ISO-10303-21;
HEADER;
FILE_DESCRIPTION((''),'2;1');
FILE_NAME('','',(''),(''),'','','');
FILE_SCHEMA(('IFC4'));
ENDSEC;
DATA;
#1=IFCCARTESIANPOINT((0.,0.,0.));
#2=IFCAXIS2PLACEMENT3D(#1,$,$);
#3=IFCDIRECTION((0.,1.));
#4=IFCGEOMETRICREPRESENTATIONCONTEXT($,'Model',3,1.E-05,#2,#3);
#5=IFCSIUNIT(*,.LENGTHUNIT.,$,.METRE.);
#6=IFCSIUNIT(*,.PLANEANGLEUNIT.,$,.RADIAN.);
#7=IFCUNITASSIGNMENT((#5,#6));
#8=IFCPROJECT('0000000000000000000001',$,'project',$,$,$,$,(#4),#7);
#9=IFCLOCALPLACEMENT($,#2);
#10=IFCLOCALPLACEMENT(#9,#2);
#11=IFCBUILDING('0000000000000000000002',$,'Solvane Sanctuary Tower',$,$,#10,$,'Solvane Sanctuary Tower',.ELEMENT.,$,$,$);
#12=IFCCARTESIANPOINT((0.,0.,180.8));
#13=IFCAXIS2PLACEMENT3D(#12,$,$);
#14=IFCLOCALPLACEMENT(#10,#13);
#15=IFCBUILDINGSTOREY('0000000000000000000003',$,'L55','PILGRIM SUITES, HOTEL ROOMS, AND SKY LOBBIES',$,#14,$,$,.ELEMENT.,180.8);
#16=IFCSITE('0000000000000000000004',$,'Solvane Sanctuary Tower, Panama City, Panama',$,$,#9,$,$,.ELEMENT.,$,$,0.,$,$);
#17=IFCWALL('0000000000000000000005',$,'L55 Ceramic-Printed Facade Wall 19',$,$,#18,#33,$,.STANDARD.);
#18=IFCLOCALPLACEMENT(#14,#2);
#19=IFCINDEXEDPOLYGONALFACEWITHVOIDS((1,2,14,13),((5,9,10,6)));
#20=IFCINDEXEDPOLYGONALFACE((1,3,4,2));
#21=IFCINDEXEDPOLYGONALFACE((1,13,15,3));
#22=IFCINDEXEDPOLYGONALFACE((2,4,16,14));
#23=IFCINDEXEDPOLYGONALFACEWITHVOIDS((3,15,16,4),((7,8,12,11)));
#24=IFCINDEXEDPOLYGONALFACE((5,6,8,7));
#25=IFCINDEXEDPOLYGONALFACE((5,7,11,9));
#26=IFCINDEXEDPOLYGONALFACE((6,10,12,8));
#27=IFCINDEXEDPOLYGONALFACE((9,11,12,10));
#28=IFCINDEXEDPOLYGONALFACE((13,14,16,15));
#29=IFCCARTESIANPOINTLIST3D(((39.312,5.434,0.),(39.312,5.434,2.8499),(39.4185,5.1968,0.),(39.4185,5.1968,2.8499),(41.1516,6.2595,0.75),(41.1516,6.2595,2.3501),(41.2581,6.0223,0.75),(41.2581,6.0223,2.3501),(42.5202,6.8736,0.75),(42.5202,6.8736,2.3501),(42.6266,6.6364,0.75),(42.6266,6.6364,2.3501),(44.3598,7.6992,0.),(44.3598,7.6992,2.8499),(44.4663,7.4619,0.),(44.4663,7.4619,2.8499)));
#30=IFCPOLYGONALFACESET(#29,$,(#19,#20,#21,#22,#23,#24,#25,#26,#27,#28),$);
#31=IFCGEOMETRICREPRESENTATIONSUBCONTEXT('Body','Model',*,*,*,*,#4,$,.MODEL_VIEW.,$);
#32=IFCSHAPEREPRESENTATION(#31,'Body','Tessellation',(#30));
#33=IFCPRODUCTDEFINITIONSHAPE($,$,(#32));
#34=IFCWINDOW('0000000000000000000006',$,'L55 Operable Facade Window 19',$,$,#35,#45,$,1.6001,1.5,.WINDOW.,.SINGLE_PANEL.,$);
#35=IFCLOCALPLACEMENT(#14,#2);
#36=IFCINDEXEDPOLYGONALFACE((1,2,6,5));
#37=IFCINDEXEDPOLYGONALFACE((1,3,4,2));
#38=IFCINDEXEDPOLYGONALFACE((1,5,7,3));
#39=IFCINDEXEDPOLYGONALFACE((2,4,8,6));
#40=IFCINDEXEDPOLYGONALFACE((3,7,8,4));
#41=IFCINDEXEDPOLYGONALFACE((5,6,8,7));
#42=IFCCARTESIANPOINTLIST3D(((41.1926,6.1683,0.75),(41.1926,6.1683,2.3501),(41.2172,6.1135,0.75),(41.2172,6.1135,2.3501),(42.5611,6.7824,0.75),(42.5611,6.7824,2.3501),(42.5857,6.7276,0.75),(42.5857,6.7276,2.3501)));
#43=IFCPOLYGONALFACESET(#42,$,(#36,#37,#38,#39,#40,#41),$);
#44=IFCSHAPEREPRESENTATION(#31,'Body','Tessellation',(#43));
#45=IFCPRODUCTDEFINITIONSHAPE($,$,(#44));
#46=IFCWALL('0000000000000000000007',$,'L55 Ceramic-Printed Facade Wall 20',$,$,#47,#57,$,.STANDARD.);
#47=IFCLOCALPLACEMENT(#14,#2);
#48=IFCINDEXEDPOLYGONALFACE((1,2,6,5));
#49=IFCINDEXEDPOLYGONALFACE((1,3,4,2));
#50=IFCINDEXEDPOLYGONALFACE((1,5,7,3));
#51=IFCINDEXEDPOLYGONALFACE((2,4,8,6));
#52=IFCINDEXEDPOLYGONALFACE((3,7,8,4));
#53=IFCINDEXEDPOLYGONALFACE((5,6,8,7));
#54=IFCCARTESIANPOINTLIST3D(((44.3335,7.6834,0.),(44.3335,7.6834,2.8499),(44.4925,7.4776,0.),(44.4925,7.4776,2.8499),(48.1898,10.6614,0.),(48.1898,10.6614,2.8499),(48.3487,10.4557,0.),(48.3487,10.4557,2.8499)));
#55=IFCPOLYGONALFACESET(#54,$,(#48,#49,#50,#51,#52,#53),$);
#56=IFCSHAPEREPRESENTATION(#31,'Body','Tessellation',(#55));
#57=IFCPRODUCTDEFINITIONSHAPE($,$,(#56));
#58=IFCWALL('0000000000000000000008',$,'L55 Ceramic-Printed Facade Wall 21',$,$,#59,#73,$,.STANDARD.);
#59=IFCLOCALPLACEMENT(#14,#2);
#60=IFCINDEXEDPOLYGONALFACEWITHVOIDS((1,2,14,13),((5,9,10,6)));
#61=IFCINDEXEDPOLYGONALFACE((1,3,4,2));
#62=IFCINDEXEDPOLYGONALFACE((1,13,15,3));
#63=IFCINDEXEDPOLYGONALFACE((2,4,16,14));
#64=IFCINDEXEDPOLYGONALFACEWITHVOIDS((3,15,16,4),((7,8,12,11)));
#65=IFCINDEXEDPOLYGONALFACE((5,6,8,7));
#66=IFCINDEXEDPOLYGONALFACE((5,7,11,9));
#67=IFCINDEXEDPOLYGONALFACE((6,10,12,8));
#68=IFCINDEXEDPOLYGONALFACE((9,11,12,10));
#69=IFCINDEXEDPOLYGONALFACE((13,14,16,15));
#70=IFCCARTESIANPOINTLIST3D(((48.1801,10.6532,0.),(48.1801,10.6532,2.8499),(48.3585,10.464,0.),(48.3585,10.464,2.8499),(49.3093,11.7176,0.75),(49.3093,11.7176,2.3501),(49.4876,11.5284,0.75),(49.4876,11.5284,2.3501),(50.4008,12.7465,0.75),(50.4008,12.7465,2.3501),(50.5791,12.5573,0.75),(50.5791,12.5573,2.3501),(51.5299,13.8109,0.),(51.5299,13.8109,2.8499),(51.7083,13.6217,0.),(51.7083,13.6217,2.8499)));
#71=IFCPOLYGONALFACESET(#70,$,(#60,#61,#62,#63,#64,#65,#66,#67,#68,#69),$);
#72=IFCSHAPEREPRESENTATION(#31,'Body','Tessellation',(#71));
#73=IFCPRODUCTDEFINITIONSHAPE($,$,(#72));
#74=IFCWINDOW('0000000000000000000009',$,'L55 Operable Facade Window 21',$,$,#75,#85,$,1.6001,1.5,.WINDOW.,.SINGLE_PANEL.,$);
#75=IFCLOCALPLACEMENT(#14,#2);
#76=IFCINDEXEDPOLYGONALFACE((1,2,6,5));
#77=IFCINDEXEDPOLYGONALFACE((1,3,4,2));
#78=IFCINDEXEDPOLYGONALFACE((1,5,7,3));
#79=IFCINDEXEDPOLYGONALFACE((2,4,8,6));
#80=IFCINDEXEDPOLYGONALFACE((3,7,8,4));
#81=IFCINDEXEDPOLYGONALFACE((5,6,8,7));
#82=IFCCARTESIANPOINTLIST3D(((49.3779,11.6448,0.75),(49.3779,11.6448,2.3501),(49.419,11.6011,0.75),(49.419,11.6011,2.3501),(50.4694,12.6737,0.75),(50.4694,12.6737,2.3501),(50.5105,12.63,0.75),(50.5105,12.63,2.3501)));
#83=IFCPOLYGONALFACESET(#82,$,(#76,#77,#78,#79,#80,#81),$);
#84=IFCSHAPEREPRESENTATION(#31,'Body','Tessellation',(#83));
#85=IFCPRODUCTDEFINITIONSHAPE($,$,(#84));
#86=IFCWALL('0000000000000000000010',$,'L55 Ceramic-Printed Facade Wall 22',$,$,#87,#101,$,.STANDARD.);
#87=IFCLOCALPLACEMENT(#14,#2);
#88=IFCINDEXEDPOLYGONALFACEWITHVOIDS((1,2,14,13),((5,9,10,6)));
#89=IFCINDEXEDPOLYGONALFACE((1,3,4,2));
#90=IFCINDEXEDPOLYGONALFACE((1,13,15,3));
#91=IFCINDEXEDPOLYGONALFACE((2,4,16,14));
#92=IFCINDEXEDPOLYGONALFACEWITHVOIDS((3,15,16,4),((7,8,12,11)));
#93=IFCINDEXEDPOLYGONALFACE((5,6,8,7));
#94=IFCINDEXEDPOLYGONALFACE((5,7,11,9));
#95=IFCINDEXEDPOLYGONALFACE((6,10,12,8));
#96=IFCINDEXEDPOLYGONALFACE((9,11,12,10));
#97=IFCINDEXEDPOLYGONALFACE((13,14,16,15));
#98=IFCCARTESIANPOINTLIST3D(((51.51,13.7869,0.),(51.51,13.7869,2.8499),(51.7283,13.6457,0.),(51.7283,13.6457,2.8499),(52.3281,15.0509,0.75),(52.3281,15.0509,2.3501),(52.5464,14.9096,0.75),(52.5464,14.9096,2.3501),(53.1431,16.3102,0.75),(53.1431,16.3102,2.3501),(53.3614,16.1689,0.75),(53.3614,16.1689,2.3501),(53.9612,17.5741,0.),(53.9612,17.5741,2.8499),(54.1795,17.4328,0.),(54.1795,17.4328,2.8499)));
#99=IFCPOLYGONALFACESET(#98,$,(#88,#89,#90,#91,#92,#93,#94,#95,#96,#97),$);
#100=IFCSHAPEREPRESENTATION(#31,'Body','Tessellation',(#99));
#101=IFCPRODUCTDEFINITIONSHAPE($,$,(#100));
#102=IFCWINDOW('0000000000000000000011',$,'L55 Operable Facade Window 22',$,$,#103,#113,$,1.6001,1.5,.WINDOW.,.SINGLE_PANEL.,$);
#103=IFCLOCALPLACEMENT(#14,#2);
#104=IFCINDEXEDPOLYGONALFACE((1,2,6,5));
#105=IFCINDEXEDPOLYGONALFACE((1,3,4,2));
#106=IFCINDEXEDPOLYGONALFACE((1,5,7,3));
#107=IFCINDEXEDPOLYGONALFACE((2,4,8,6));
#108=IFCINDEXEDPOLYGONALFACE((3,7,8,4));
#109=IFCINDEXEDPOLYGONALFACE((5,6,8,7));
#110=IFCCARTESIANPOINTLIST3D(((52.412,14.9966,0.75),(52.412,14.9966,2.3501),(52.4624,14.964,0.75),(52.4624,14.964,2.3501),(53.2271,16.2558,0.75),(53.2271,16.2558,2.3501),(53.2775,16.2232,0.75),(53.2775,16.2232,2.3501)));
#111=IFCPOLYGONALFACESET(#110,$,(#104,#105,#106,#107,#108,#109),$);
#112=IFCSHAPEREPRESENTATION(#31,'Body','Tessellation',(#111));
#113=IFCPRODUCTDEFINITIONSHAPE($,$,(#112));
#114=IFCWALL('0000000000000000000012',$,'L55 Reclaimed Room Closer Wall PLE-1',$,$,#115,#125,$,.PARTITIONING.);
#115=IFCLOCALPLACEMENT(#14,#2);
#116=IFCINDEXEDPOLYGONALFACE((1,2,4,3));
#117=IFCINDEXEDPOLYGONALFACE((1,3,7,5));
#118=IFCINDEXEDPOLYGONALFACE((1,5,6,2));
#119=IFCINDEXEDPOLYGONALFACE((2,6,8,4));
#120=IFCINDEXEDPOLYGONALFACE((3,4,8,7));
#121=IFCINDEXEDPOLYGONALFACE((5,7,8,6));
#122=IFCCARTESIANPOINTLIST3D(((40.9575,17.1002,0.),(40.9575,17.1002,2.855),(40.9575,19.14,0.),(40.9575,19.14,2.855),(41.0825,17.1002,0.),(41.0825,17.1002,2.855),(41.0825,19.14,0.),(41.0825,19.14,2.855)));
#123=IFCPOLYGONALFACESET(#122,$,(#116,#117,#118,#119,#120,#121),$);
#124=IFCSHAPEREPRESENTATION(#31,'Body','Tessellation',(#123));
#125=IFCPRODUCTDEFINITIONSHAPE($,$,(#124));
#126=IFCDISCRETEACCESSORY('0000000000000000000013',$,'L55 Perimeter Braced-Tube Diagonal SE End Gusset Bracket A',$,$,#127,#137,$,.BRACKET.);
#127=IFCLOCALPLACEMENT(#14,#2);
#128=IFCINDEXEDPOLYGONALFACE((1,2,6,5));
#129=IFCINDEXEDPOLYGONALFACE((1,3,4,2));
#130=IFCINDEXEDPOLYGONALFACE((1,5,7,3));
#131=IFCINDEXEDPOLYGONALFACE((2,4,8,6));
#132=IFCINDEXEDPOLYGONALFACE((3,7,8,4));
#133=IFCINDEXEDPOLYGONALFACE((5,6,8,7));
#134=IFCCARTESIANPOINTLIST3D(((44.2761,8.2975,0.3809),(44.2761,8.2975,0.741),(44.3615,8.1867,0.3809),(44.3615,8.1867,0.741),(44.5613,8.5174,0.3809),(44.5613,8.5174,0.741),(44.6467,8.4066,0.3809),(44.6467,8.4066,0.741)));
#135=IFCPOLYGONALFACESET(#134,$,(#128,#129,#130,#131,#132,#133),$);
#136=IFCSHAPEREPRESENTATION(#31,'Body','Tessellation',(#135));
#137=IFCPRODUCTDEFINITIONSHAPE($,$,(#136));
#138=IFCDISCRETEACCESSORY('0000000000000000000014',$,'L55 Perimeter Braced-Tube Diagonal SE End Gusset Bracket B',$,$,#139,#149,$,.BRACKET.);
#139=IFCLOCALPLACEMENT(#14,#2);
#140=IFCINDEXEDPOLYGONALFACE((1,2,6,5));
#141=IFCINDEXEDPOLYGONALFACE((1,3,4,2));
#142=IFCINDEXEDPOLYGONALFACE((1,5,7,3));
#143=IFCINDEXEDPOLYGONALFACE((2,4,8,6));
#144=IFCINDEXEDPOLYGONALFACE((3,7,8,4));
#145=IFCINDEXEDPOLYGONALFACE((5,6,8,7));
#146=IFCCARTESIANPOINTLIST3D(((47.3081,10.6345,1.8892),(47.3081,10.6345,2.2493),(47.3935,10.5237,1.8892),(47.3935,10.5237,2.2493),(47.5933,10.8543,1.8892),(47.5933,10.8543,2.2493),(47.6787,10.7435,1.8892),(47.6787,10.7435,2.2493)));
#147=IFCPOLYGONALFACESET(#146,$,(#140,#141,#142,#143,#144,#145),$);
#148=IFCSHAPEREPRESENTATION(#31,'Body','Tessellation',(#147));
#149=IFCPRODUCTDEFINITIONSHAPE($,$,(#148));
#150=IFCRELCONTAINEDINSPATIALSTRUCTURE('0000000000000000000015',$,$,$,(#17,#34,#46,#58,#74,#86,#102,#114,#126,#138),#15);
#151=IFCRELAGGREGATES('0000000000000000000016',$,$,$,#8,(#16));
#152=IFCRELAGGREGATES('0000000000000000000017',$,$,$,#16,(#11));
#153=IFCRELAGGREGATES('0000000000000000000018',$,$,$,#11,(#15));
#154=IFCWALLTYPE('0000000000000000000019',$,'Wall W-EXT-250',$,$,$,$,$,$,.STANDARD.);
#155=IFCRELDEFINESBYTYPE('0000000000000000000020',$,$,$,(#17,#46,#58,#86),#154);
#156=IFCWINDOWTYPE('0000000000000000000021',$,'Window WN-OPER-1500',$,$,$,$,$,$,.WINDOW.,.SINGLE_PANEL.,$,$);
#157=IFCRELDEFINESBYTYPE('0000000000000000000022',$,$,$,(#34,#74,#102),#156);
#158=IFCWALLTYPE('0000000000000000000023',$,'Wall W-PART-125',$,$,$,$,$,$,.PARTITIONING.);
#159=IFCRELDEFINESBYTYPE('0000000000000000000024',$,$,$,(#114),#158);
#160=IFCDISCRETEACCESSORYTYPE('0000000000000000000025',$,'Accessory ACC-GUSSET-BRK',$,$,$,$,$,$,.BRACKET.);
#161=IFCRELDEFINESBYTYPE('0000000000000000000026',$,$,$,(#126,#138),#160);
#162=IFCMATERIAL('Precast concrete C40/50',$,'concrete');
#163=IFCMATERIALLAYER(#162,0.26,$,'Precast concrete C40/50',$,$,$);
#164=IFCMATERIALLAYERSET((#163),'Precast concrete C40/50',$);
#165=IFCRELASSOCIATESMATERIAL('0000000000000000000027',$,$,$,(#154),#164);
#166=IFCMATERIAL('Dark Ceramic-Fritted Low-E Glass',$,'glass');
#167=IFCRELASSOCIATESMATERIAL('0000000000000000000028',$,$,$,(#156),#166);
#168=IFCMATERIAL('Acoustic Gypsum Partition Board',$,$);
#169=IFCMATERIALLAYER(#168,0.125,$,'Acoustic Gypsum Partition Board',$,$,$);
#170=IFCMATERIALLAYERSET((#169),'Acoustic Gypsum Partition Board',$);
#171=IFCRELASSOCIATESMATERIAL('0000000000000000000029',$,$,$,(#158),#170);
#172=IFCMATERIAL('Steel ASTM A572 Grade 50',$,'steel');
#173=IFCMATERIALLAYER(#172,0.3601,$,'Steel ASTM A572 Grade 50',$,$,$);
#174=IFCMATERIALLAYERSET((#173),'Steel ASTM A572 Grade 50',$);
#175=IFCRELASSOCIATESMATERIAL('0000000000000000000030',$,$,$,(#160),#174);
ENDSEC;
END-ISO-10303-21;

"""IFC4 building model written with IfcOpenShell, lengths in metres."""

from ifc_helpers import new_model, si_unit, direction, frame, frame_2d, origin, origin_2d, place, context, subcontext, project, spatial, rectangle, extrude, material, layer, layer_set, type_object, element, fill, save


model = new_model("IFC4")

# Units and contexts
model_context = context("Model", 3, precision=1e-05, world=origin(), true_north=direction((0.0, 1.0)))
body_context = subcontext(model_context, "Body", "Model", "MODEL_VIEW")
ifc_project = project(units=[si_unit("LENGTHUNIT", "METRE"), si_unit("PLANEANGLEUNIT", "RADIAN")], contexts=[model_context])

# Site, building, storey
site_placement = place(None, origin())
site = spatial("IfcSite", under=ifc_project, at=site_placement, Name="Solvane Sanctuary Tower, Panama City, Panama", CompositionType="ELEMENT", RefElevation=0.0)
building_placement = place(site_placement, origin())
building = spatial("IfcBuilding", under=site, at=building_placement, Name="Solvane Sanctuary Tower", LongName="Solvane Sanctuary Tower", CompositionType="ELEMENT")
storey_placement = place(building_placement, frame((0.0, 0.0, 180.8)))
storey = spatial("IfcBuildingStorey", under=building, at=storey_placement, Name="L55", Description="PILGRIM SUITES, HOTEL ROOMS, AND SKY LOBBIES", CompositionType="ELEMENT", Elevation=180.8)

# Shared definitions
ifc_material_1 = material(Name="Acoustic Gypsum Partition Board")

# Wall, opening, window
ifc_material_2 = material(Name="Precast concrete C40/50", Category="concrete")
ifc_layer_1 = layer(ifc_material_2, 0.26, Name="Precast concrete C40/50")
ifc_layer_set_1 = layer_set([ifc_layer_1], Name="Precast concrete C40/50")
wall_type_1 = type_object("IfcWallType", Name="Wall W-EXT-250", PredefinedType="STANDARD", material=ifc_layer_set_1)
wall_1_placement = place(storey_placement, frame((39.3652, 5.3154, 0.0), z_axis=(0.0, 0.0, 1.0), x_axis=(0.912354, 0.409403, 0.0)))
wall_1 = element("IfcWall", 1, at=wall_1_placement, inside=storey, type_object=wall_type_1, Name="L55 Ceramic-Printed Facade Wall 19", PredefinedType="STANDARD", context=body_context, shape_type="SweptSolid", body=[
    extrude(rectangle(XDim=5.5327, YDim=0.26, at=frame_2d((2.7664, 0.0))), origin(), (0.0, 0.0, 1.0), 2.8499),
])
opening_1_placement = place(wall_1_placement, frame((2.0164, 0.0, 0.75)))
opening_1 = element("IfcOpeningElement", 2, at=opening_1_placement, cuts=wall_1, PredefinedType="OPENING", context=body_context, shape_type="SweptSolid", body=[
    extrude(rectangle(XDim=1.5, YDim=1.6001, at=frame_2d((0.75, 0.8))), frame((0.0, 0.1399, 0.0), z_axis=(0.0, -1.0, 0.0), x_axis=(1.0, 0.0, 0.0)), (0.0, 0.0, 1.0), 0.28),
])
ifc_material_3 = material(Name="Dark Ceramic-Fritted Low-E Glass", Category="glass")
window_type = type_object("IfcWindowType", Name="Window WN-OPER-1500", PartitioningType="SINGLE_PANEL", PredefinedType="WINDOW", material=ifc_material_3)
window_1_placement = place(opening_1_placement, origin())
window_1 = element("IfcWindow", 3, at=window_1_placement, inside=storey, type_object=window_type, Name="L55 Operable Facade Window 19", OverallHeight=1.6001, OverallWidth=1.5, PartitioningType="SINGLE_PANEL", PredefinedType="WINDOW", context=body_context, shape_type="SweptSolid", body=[
    extrude(rectangle(XDim=1.5, YDim=1.6001, at=frame_2d((0.75, 0.8))), frame((0.0, 0.03, 0.0), z_axis=(0.0, -1.0, 0.0), x_axis=(1.0, 0.0, 0.0)), (0.0, 0.0, 1.0), 0.0601),
])
fill(opening_1, window_1)

# Wall
wall_2_placement = place(storey_placement, frame((44.4131, 7.5806, 0.0), z_axis=(0.0, 0.0, 1.0), x_axis=(0.79146, 0.611221, 0.0)))
element("IfcWall", 4, at=wall_2_placement, inside=storey, type_object=wall_type_1, Name="L55 Ceramic-Printed Facade Wall 20", PredefinedType="STANDARD", context=body_context, shape_type="SweptSolid", body=[
    extrude(rectangle(XDim=4.8723, YDim=0.26, at=frame_2d((2.436, 0.0))), origin(), (0.0, 0.0, 1.0), 2.8499),
])

# Walls, openings, windows
wall_3_placement = place(storey_placement, frame((48.2693, 10.5586, 0.0), z_axis=(0.0, 0.0, 1.0), x_axis=(0.727667, 0.68593, 0.0)))
wall_3 = element("IfcWall", 5, at=wall_3_placement, inside=storey, type_object=wall_type_1, Name="L55 Ceramic-Printed Facade Wall 21", PredefinedType="STANDARD", context=body_context, shape_type="SweptSolid", body=[
    extrude(rectangle(XDim=4.6035, YDim=0.26, at=frame_2d((2.3018, 0.0))), origin(), (0.0, 0.0, 1.0), 2.8499),
])
opening_2_placement = place(wall_3_placement, frame((1.5518, 0.0, 0.75)))
opening_2 = element("IfcOpeningElement", 6, at=opening_2_placement, cuts=wall_3, PredefinedType="OPENING", context=body_context, shape_type="SweptSolid", body=[
    extrude(rectangle(XDim=1.5, YDim=1.6001, at=frame_2d((0.75, 0.8))), frame((0.0, 0.1399, 0.0), z_axis=(0.0, -1.0, 0.0), x_axis=(1.0, 0.0, 0.0)), (0.0, 0.0, 1.0), 0.28),
])
window_2_placement = place(opening_2_placement, origin())
window_2 = element("IfcWindow", 7, at=window_2_placement, inside=storey, type_object=window_type, Name="L55 Operable Facade Window 21", OverallHeight=1.6001, OverallWidth=1.5, PartitioningType="SINGLE_PANEL", PredefinedType="WINDOW", context=body_context, shape_type="SweptSolid", body=[
    extrude(rectangle(XDim=1.5, YDim=1.6001, at=frame_2d((0.75, 0.8))), frame((0.0, 0.03, 0.0), z_axis=(0.0, -1.0, 0.0), x_axis=(1.0, 0.0, 0.0)), (0.0, 0.0, 1.0), 0.0601),
])
fill(opening_2, window_2)
wall_4_placement = place(storey_placement, frame((51.6191, 13.7163, 0.0), z_axis=(0.0, 0.0, 1.0), x_axis=(0.543359, 0.8395, 0.0)))
wall_4 = element("IfcWall", 8, at=wall_4_placement, inside=storey, type_object=wall_type_1, Name="L55 Ceramic-Printed Facade Wall 22", PredefinedType="STANDARD", context=body_context, shape_type="SweptSolid", body=[
    extrude(rectangle(XDim=4.5112, YDim=0.26, at=frame_2d((2.2556, 0.0))), origin(), (0.0, 0.0, 1.0), 2.8499),
])
opening_3_placement = place(wall_4_placement, frame((1.5056, 0.0, 0.75)))
opening_3 = element("IfcOpeningElement", 9, at=opening_3_placement, cuts=wall_4, PredefinedType="OPENING", context=body_context, shape_type="SweptSolid", body=[
    extrude(rectangle(XDim=1.5, YDim=1.6001, at=frame_2d((0.75, 0.8))), frame((0.0, 0.1399, 0.0), z_axis=(0.0, -1.0, 0.0), x_axis=(1.0, 0.0, 0.0)), (0.0, 0.0, 1.0), 0.28),
])
window_3_placement = place(opening_3_placement, origin())
window_3 = element("IfcWindow", 10, at=window_3_placement, inside=storey, type_object=window_type, Name="L55 Operable Facade Window 22", OverallHeight=1.6001, OverallWidth=1.5, PartitioningType="SINGLE_PANEL", PredefinedType="WINDOW", context=body_context, shape_type="SweptSolid", body=[
    extrude(rectangle(XDim=1.5, YDim=1.6001, at=frame_2d((0.75, 0.8))), frame((0.0, 0.03, 0.0), z_axis=(0.0, -1.0, 0.0), x_axis=(1.0, 0.0, 0.0)), (0.0, 0.0, 1.0), 0.0601),
])
fill(opening_3, window_3)

# Wall
ifc_layer_2 = layer(ifc_material_1, 0.125, Name="Acoustic Gypsum Partition Board")
ifc_layer_set_2 = layer_set([ifc_layer_2], Name="Acoustic Gypsum Partition Board")
wall_type_2 = type_object("IfcWallType", Name="Wall W-PART-125", PredefinedType="PARTITIONING", material=ifc_layer_set_2)
wall_5_placement = place(storey_placement, frame((41.02, 17.1001, 0.0), z_axis=(0.0, 0.0, 1.0), x_axis=(0.0, 1.0, 0.0)))
element("IfcWall", 11, at=wall_5_placement, inside=storey, type_object=wall_type_2, Name="L55 Reclaimed Room Closer Wall PLE-1", PredefinedType="PARTITIONING", context=body_context, shape_type="SweptSolid", body=[
    extrude(rectangle(XDim=2.0398, YDim=0.125, at=frame_2d((1.02, 0.0))), origin(), (0.0, 0.0, 1.0), 2.855),
])

# Discrete accessories
ifc_material_4 = material(Name="Steel ASTM A572 Grade 50", Category="steel")
ifc_layer_3 = layer(ifc_material_4, 0.3601, Name="Steel ASTM A572 Grade 50")
ifc_layer_set_3 = layer_set([ifc_layer_3], Name="Steel ASTM A572 Grade 50")
discrete_accessory_type = type_object("IfcDiscreteAccessoryType", Name="Accessory ACC-GUSSET-BRK", PredefinedType="BRACKET", material=ifc_layer_set_3)
for number, where, z_axis, x_axis, name in (
    (12, (44.4614, 8.3521, 0.3809), (0.0, 0.0, 1.0), (0.792077, 0.610422, 0.0), "L55 Perimeter Braced-Tube Diagonal SE End Gusset Bracket A"),
    (13, (47.4934, 10.689, 1.8892), (0.0, 0.0, 1.0), (0.792077, 0.610422, 0.0), "L55 Perimeter Braced-Tube Diagonal SE End Gusset Bracket B"),
):
    element("IfcDiscreteAccessory", number, at=place(storey_placement, frame(where, z_axis=z_axis, x_axis=x_axis)), inside=storey, type_object=discrete_accessory_type, Name=name, PredefinedType="BRACKET", context=body_context, shape_type="SweptSolid", body=[
        extrude(rectangle(XDim=0.3601, YDim=0.1399, at=origin_2d()), origin(), (0.0, 0.0, 1.0), 0.3601),
    ])

save(model, "model.ifc")
